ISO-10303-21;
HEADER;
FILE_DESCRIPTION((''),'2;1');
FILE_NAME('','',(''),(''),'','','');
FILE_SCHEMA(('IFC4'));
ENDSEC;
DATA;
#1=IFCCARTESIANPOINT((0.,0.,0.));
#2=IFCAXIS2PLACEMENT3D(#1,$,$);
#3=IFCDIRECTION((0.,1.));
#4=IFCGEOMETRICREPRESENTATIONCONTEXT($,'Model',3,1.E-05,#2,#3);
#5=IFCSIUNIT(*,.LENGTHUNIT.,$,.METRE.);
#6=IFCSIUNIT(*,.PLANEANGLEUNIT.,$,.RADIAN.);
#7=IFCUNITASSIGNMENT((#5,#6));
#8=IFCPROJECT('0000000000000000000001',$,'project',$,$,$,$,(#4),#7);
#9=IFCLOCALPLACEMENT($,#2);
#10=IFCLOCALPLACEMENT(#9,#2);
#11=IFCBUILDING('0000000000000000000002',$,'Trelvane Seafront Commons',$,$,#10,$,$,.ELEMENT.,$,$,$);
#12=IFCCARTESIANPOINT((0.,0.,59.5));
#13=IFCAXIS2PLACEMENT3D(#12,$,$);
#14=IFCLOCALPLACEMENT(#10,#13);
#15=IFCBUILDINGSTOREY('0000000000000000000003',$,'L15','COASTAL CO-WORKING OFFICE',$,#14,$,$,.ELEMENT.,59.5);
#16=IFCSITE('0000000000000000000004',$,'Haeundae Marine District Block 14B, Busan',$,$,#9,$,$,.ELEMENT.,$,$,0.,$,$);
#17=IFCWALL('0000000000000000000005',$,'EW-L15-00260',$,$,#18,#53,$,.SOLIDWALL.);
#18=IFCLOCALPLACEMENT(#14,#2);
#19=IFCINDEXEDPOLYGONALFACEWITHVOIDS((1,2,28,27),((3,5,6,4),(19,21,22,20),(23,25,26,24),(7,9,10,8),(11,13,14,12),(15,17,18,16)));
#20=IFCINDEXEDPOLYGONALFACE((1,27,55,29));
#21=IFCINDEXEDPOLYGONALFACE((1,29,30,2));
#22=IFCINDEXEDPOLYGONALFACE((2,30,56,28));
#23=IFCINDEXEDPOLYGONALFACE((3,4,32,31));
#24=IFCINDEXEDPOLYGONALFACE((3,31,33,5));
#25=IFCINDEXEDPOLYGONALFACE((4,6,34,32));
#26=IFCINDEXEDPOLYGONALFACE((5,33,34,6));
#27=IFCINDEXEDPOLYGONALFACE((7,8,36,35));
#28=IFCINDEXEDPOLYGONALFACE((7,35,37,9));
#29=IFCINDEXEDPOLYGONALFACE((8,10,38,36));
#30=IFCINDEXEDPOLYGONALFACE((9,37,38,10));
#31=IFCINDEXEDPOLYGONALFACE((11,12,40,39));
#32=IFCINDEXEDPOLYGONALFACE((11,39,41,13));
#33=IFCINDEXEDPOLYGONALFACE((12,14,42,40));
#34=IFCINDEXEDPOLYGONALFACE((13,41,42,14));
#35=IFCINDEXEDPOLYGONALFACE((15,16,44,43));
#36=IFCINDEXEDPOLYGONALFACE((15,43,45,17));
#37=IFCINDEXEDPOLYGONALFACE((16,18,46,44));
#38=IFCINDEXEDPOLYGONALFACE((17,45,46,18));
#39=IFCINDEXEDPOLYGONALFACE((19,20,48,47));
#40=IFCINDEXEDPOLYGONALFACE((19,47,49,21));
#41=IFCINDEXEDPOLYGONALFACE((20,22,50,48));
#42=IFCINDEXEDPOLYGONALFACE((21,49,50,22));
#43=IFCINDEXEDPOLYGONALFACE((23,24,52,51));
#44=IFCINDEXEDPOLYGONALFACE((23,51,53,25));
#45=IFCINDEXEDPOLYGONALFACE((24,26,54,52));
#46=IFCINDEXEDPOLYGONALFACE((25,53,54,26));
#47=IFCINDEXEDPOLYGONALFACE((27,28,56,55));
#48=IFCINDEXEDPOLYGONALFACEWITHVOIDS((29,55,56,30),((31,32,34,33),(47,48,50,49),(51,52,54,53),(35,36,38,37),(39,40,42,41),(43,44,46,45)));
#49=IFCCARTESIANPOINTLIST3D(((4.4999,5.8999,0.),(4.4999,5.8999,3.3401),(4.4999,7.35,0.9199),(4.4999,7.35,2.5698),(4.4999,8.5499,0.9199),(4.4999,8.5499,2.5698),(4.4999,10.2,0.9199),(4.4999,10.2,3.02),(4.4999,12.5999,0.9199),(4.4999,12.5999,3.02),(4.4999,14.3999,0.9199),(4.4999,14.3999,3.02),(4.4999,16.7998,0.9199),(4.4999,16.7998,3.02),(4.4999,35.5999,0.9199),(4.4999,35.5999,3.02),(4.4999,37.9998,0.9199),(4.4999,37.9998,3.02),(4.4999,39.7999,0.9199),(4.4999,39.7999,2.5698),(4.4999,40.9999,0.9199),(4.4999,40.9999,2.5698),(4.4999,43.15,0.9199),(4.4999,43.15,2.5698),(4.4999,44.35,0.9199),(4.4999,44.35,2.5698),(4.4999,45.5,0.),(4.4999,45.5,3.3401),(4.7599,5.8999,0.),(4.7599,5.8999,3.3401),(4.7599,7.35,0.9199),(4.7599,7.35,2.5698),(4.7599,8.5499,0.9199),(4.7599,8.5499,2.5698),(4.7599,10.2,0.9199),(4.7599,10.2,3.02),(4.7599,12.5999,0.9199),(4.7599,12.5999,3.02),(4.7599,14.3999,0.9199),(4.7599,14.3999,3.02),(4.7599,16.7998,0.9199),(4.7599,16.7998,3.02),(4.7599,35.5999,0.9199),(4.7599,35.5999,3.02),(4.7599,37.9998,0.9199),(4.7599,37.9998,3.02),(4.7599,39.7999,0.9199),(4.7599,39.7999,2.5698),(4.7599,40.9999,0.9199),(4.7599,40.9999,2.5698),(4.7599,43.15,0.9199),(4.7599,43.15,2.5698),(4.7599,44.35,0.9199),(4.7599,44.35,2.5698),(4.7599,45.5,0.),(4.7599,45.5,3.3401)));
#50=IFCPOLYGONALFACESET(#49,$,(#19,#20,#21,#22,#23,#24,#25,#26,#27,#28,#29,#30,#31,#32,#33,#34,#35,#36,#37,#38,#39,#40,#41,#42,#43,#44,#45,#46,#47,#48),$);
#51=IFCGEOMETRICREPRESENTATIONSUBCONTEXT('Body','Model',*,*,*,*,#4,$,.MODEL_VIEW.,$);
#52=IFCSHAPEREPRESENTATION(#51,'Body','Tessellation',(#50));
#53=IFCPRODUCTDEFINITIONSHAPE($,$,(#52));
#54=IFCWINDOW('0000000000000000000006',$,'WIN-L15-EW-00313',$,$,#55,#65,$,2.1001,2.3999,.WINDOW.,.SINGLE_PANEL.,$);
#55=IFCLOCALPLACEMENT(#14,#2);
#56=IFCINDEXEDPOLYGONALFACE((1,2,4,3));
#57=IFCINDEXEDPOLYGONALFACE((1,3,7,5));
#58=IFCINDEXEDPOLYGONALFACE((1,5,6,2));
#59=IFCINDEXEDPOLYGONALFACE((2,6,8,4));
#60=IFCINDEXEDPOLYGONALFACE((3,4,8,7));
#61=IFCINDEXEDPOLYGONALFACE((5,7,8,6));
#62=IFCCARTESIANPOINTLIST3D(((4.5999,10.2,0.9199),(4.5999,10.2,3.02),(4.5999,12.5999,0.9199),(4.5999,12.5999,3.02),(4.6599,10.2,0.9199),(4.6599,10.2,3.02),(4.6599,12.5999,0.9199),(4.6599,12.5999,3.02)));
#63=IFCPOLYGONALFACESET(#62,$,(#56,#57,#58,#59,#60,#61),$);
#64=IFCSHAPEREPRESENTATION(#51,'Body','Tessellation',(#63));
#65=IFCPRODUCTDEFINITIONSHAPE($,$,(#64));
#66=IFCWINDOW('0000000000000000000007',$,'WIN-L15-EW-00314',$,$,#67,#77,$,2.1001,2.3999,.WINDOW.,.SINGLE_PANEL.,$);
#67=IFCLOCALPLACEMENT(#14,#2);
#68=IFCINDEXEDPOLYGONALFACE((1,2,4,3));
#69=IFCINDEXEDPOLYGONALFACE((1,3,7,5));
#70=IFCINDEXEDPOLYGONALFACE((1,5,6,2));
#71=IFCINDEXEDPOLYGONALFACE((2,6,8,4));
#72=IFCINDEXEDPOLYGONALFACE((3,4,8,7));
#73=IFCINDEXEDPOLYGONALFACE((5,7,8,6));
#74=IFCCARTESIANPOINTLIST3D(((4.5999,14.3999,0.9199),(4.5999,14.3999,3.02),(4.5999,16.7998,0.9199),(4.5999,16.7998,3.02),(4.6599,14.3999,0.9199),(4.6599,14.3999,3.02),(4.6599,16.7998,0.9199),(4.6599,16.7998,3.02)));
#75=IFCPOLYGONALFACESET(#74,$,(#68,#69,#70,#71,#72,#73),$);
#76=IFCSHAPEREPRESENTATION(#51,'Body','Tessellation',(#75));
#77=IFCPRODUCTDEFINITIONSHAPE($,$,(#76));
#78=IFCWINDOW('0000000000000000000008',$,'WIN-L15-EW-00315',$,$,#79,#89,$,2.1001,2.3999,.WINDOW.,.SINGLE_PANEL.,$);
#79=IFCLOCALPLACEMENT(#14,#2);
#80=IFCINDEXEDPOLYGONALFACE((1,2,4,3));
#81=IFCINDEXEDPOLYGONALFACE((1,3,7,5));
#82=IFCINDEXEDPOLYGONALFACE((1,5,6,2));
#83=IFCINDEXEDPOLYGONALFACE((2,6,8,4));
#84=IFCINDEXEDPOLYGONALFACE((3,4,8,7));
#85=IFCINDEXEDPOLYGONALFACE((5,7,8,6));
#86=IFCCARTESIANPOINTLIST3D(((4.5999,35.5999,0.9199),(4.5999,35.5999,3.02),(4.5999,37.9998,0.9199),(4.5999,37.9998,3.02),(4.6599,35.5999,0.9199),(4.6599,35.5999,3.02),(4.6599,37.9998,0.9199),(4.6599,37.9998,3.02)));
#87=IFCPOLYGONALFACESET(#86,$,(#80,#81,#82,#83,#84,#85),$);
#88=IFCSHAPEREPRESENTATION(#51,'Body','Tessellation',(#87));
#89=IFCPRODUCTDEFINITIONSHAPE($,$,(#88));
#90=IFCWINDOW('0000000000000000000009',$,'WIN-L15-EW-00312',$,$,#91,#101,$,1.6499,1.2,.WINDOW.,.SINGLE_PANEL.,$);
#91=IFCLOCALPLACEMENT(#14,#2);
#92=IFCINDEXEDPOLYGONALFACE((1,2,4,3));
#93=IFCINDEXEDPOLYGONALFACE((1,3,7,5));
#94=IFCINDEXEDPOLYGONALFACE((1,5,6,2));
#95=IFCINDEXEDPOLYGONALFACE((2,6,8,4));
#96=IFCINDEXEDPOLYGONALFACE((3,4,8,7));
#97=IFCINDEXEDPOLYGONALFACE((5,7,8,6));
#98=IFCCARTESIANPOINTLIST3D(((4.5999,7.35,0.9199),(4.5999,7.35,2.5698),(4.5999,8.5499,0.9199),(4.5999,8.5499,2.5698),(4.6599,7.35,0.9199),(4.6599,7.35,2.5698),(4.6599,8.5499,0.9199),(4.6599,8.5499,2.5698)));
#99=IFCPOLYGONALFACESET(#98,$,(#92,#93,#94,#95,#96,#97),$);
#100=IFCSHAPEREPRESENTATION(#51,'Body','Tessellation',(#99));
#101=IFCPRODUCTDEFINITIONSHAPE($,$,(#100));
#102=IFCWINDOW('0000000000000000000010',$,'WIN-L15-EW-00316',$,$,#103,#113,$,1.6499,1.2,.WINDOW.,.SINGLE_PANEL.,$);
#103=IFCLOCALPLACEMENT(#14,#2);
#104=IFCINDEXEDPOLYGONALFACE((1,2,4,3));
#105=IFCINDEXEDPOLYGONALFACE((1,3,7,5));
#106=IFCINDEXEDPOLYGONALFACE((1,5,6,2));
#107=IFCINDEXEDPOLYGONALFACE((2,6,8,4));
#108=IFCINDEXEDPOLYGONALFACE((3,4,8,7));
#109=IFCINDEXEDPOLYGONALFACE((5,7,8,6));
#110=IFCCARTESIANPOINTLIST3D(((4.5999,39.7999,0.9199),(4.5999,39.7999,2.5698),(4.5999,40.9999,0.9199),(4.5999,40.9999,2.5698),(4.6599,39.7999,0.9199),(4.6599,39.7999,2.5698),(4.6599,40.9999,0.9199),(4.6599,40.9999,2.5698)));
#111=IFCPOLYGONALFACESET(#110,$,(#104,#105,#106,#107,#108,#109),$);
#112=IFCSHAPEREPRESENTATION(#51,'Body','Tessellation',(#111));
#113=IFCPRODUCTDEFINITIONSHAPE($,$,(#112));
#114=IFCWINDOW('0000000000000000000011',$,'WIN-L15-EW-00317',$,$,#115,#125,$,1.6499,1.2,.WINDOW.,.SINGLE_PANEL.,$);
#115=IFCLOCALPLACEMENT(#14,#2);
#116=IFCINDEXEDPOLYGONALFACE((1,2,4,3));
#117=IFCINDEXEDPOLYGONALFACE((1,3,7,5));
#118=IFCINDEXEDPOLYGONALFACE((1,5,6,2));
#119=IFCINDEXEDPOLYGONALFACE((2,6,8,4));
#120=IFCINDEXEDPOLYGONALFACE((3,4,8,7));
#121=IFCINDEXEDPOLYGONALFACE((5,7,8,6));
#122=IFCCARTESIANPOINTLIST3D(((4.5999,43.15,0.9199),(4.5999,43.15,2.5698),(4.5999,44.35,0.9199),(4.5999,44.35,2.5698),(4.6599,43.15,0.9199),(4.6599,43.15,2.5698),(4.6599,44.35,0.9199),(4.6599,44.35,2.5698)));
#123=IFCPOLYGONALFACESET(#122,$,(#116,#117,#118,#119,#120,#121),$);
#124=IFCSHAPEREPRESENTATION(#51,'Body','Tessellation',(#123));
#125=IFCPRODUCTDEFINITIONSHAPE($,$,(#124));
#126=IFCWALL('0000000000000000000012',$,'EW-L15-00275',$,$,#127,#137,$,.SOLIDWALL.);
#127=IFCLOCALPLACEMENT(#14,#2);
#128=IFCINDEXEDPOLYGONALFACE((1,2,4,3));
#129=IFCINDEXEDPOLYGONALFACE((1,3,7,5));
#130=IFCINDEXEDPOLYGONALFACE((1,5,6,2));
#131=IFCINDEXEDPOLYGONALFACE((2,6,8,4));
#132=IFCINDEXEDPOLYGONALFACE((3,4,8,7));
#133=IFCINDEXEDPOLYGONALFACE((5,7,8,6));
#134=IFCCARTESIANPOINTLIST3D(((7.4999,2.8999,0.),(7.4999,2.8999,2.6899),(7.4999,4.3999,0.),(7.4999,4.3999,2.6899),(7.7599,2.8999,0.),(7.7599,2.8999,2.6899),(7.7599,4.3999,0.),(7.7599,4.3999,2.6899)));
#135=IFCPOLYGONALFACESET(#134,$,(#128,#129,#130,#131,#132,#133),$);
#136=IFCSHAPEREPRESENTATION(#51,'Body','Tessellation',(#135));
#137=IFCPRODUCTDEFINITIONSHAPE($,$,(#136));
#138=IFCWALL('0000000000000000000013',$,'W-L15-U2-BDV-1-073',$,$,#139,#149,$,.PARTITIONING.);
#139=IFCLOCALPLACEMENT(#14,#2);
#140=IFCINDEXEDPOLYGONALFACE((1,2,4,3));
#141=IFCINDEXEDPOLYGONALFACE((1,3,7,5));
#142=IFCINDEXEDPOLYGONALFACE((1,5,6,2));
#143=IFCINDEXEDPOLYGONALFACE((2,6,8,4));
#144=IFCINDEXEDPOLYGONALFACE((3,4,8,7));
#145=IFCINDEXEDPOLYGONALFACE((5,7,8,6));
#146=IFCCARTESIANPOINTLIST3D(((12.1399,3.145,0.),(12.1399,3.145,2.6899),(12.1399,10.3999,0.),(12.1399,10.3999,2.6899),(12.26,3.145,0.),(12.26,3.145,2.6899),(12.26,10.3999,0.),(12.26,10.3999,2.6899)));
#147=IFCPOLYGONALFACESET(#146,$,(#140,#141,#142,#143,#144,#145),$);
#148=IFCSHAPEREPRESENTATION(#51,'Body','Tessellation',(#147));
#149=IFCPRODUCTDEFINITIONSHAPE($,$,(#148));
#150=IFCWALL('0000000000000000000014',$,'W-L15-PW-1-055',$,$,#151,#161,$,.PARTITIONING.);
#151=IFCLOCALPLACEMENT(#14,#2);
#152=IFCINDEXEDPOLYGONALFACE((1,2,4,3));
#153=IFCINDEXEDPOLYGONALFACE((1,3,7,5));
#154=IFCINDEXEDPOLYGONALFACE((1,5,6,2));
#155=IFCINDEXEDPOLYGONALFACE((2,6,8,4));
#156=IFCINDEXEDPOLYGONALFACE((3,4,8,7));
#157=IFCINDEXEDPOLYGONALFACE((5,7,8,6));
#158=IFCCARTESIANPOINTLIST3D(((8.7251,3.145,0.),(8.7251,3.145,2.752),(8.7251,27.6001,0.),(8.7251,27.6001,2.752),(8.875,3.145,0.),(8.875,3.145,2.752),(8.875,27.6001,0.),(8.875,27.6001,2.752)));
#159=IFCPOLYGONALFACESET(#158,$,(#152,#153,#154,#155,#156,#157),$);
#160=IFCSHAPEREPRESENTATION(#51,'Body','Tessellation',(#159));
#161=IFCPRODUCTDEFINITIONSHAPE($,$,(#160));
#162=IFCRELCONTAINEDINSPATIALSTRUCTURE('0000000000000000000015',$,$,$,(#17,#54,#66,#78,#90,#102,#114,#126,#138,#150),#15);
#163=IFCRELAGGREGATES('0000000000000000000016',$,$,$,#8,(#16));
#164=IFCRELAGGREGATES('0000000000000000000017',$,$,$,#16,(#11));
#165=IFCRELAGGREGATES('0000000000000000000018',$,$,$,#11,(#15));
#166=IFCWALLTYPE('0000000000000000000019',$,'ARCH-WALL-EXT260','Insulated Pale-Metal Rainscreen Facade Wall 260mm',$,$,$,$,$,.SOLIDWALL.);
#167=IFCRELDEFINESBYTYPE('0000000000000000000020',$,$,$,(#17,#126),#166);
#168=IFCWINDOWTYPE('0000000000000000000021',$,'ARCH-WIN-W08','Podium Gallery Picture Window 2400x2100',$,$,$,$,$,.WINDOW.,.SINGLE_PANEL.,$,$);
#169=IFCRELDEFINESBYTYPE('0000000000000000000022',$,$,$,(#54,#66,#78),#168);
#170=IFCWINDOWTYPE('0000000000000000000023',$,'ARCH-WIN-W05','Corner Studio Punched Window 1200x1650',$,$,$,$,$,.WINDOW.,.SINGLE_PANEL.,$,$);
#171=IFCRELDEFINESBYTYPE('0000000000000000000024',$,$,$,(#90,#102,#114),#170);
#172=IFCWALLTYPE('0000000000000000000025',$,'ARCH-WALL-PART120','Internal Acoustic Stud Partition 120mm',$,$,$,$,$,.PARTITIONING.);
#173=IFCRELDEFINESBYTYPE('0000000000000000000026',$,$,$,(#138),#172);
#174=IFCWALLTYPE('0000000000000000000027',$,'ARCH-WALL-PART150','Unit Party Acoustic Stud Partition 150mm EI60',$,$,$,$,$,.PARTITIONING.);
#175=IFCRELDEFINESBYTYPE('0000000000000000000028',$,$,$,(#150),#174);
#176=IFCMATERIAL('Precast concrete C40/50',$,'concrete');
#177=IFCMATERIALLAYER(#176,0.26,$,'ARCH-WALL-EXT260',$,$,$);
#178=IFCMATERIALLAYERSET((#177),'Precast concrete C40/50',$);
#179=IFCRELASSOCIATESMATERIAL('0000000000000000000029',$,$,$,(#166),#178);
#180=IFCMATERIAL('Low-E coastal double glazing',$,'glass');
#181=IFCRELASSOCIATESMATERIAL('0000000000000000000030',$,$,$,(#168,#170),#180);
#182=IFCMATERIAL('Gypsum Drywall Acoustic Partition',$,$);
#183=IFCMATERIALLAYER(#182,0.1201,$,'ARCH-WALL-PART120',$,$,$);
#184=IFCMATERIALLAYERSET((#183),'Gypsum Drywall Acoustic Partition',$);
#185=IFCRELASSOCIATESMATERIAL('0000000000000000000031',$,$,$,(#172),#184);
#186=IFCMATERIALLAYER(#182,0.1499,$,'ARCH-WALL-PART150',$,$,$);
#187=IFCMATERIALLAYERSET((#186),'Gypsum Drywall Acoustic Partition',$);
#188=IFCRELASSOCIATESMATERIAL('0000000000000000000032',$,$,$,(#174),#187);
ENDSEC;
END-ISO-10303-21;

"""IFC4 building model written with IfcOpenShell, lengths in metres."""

from ifc_helpers import new_model, si_unit, direction, frame, frame_2d, origin, place, context, subcontext, project, spatial, rectangle, extrude, source, transform, mapped, material, layer, layer_set, type_object, element, fill, save


model = new_model("IFC4")

# Units and contexts
model_context = context("Model", 3, precision=1e-05, world=origin(), true_north=direction((0.0, 1.0)))
body_context = subcontext(model_context, "Body", "Model", "MODEL_VIEW")
ifc_project = project(units=[si_unit("LENGTHUNIT", "METRE"), si_unit("PLANEANGLEUNIT", "RADIAN")], contexts=[model_context])

# Site, building, storey
site_placement = place(None, origin())
site = spatial("IfcSite", under=ifc_project, at=site_placement, Name="Haeundae Marine District Block 14B, Busan", CompositionType="ELEMENT", RefElevation=0.0)
building_placement = place(site_placement, origin())
building = spatial("IfcBuilding", under=site, at=building_placement, Name="Trelvane Seafront Commons", CompositionType="ELEMENT")
storey_placement = place(building_placement, frame((0.0, 0.0, 59.5)))
storey = spatial("IfcBuildingStorey", under=building, at=storey_placement, Name="L15", Description="COASTAL CO-WORKING OFFICE", CompositionType="ELEMENT", Elevation=59.5)

# Shared definitions
ifc_material_1 = material(Name="Precast concrete C40/50", Category="concrete")
ifc_layer_1 = layer(ifc_material_1, 0.26, Name="ARCH-WALL-EXT260")
ifc_layer_set_1 = layer_set([ifc_layer_1], Name="Precast concrete C40/50")
wall_type_1 = type_object("IfcWallType", Name="ARCH-WALL-EXT260", Description="Insulated Pale-Metal Rainscreen Facade Wall 260mm", PredefinedType="SOLIDWALL", material=ifc_layer_set_1)

# Wall, openings, windows
wall_1_placement = place(storey_placement, frame((4.6299, 5.8999, 0.0), z_axis=(0.0, 0.0, 1.0), x_axis=(0.0, 1.0, 0.0)))
wall_1 = element("IfcWall", 1, at=wall_1_placement, inside=storey, type_object=wall_type_1, Name="EW-L15-00260", PredefinedType="SOLIDWALL", context=body_context, shape_type="SweptSolid", body=[
    extrude(rectangle(XDim=39.6001, YDim=0.26, at=frame_2d((19.8, 0.0))), origin(), (0.0, 0.0, 1.0), 3.3401),
])
opening_1_placement = place(wall_1_placement, frame((1.45, 0.0, 0.9199)))
opening_1 = element("IfcOpeningElement", 2, at=opening_1_placement, cuts=wall_1, PredefinedType="OPENING", context=body_context, shape_type="SweptSolid", body=[
    extrude(rectangle(XDim=1.2, YDim=1.6499, at=frame_2d((0.6001, 0.825))), frame((0.0, 0.1399, 0.0), z_axis=(0.0, -1.0, 0.0), x_axis=(1.0, 0.0, 0.0)), (0.0, 0.0, 1.0), 0.28),
])
opening_2_placement = place(wall_1_placement, frame((4.3, 0.0, 0.9199)))
opening_2 = element("IfcOpeningElement", 3, at=opening_2_placement, cuts=wall_1, PredefinedType="OPENING", context=body_context, shape_type="SweptSolid", body=[
    extrude(rectangle(XDim=2.3999, YDim=2.1001, at=frame_2d((1.2, 1.05))), frame((0.0, 0.1399, 0.0), z_axis=(0.0, -1.0, 0.0), x_axis=(1.0, 0.0, 0.0)), (0.0, 0.0, 1.0), 0.28),
])
opening_3_placement = place(wall_1_placement, frame((8.5, 0.0, 0.9199)))
opening_3 = element("IfcOpeningElement", 4, at=opening_3_placement, cuts=wall_1, PredefinedType="OPENING", context=body_context, shape_type="SweptSolid", body=[
    extrude(rectangle(XDim=2.3999, YDim=2.1001, at=frame_2d((1.2, 1.05))), frame((0.0, 0.1399, 0.0), z_axis=(0.0, -1.0, 0.0), x_axis=(1.0, 0.0, 0.0)), (0.0, 0.0, 1.0), 0.28),
])
opening_4_placement = place(wall_1_placement, frame((29.7, 0.0, 0.9199)))
opening_4 = element("IfcOpeningElement", 5, at=opening_4_placement, cuts=wall_1, PredefinedType="OPENING", context=body_context, shape_type="SweptSolid", body=[
    extrude(rectangle(XDim=2.3999, YDim=2.1001, at=frame_2d((1.2, 1.05))), frame((0.0, 0.1399, 0.0), z_axis=(0.0, -1.0, 0.0), x_axis=(1.0, 0.0, 0.0)), (0.0, 0.0, 1.0), 0.28),
])
opening_5_placement = place(wall_1_placement, frame((33.8999, 0.0, 0.9199)))
opening_5 = element("IfcOpeningElement", 6, at=opening_5_placement, cuts=wall_1, PredefinedType="OPENING", context=body_context, shape_type="SweptSolid", body=[
    extrude(rectangle(XDim=1.2, YDim=1.6499, at=frame_2d((0.6001, 0.825))), frame((0.0, 0.1399, 0.0), z_axis=(0.0, -1.0, 0.0), x_axis=(1.0, 0.0, 0.0)), (0.0, 0.0, 1.0), 0.28),
])
opening_6_placement = place(wall_1_placement, frame((37.25, 0.0, 0.9199)))
opening_6 = element("IfcOpeningElement", 7, at=opening_6_placement, cuts=wall_1, PredefinedType="OPENING", context=body_context, shape_type="SweptSolid", body=[
    extrude(rectangle(XDim=1.2, YDim=1.6499, at=frame_2d((0.6001, 0.825))), frame((0.0, 0.1399, 0.0), z_axis=(0.0, -1.0, 0.0), x_axis=(1.0, 0.0, 0.0)), (0.0, 0.0, 1.0), 0.28),
])
ifc_material_2 = material(Name="Low-E coastal double glazing", Category="glass")
window_type_1 = type_object("IfcWindowType", Name="ARCH-WIN-W08", Description="Podium Gallery Picture Window 2400x2100", PartitioningType="SINGLE_PANEL", PredefinedType="WINDOW", material=ifc_material_2)
shared_shape_1 = source(origin(), body_context, "Body", "SweptSolid", [
    extrude(rectangle(XDim=2.3999, YDim=2.1001, at=frame_2d((1.2, 1.05))), frame((0.0, 0.03, 0.0), z_axis=(0.0, -1.0, 0.0), x_axis=(1.0, 0.0, 0.0)), (0.0, 0.0, 1.0), 0.0601),
])
window_1_placement = place(opening_2_placement, origin())
window_1 = element("IfcWindow", 8, at=window_1_placement, inside=storey, type_object=window_type_1, Name="WIN-L15-EW-00313", OverallHeight=2.1001, OverallWidth=2.3999, PartitioningType="SINGLE_PANEL", PredefinedType="WINDOW", context=body_context, shape_type="MappedRepresentation", body=[
    mapped(shared_shape_1, transform((0.0, 0.0, 0.0), x_axis=(1.0, 0.0, 0.0), y_axis=(0.0, 1.0, 0.0), z_axis=(0.0, 0.0, 1.0), scale=1.0)),
])
fill(opening_2, window_1)
window_2_placement = place(opening_3_placement, origin())
window_2 = element("IfcWindow", 9, at=window_2_placement, inside=storey, type_object=window_type_1, Name="WIN-L15-EW-00314", OverallHeight=2.1001, OverallWidth=2.3999, PartitioningType="SINGLE_PANEL", PredefinedType="WINDOW", context=body_context, shape_type="MappedRepresentation", body=[
    mapped(shared_shape_1, transform((0.0, 0.0, 0.0), x_axis=(1.0, 0.0, 0.0), y_axis=(0.0, 1.0, 0.0), z_axis=(0.0, 0.0, 1.0), scale=1.0)),
])
fill(opening_3, window_2)
window_3_placement = place(opening_4_placement, origin())
window_3 = element("IfcWindow", 10, at=window_3_placement, inside=storey, type_object=window_type_1, Name="WIN-L15-EW-00315", OverallHeight=2.1001, OverallWidth=2.3999, PartitioningType="SINGLE_PANEL", PredefinedType="WINDOW", context=body_context, shape_type="MappedRepresentation", body=[
    mapped(shared_shape_1, transform((0.0, 0.0, 0.0), x_axis=(1.0, 0.0, 0.0), y_axis=(0.0, 1.0, 0.0), z_axis=(0.0, 0.0, 1.0), scale=1.0)),
])
fill(opening_4, window_3)
window_type_2 = type_object("IfcWindowType", Name="ARCH-WIN-W05", Description="Corner Studio Punched Window 1200x1650", PartitioningType="SINGLE_PANEL", PredefinedType="WINDOW", material=ifc_material_2)
shared_shape_2 = source(origin(), body_context, "Body", "SweptSolid", [
    extrude(rectangle(XDim=1.2, YDim=1.6499, at=frame_2d((0.6001, 0.825))), frame((0.0, 0.03, 0.0), z_axis=(0.0, -1.0, 0.0), x_axis=(1.0, 0.0, 0.0)), (0.0, 0.0, 1.0), 0.0601),
])
window_4_placement = place(opening_1_placement, origin())
window_4 = element("IfcWindow", 11, at=window_4_placement, inside=storey, type_object=window_type_2, Name="WIN-L15-EW-00312", OverallHeight=1.6499, OverallWidth=1.2, PartitioningType="SINGLE_PANEL", PredefinedType="WINDOW", context=body_context, shape_type="MappedRepresentation", body=[
    mapped(shared_shape_2, transform((0.0, 0.0, 0.0), x_axis=(1.0, 0.0, 0.0), y_axis=(0.0, 1.0, 0.0), z_axis=(0.0, 0.0, 1.0), scale=1.0)),
])
fill(opening_1, window_4)
window_5_placement = place(opening_5_placement, origin())
window_5 = element("IfcWindow", 12, at=window_5_placement, inside=storey, type_object=window_type_2, Name="WIN-L15-EW-00316", OverallHeight=1.6499, OverallWidth=1.2, PartitioningType="SINGLE_PANEL", PredefinedType="WINDOW", context=body_context, shape_type="MappedRepresentation", body=[
    mapped(shared_shape_2, transform((0.0, 0.0, 0.0), x_axis=(1.0, 0.0, 0.0), y_axis=(0.0, 1.0, 0.0), z_axis=(0.0, 0.0, 1.0), scale=1.0)),
])
fill(opening_5, window_5)
window_6_placement = place(opening_6_placement, origin())
window_6 = element("IfcWindow", 13, at=window_6_placement, inside=storey, type_object=window_type_2, Name="WIN-L15-EW-00317", OverallHeight=1.6499, OverallWidth=1.2, PartitioningType="SINGLE_PANEL", PredefinedType="WINDOW", context=body_context, shape_type="MappedRepresentation", body=[
    mapped(shared_shape_2, transform((0.0, 0.0, 0.0), x_axis=(1.0, 0.0, 0.0), y_axis=(0.0, 1.0, 0.0), z_axis=(0.0, 0.0, 1.0), scale=1.0)),
])
fill(opening_6, window_6)

# Walls
wall_2_placement = place(storey_placement, frame((7.6299, 2.8999, 0.0), z_axis=(0.0, 0.0, 1.0), x_axis=(0.0, 1.0, 0.0)))
element("IfcWall", 14, at=wall_2_placement, inside=storey, type_object=wall_type_1, Name="EW-L15-00275", PredefinedType="SOLIDWALL", context=body_context, shape_type="SweptSolid", body=[
    extrude(rectangle(XDim=1.5, YDim=0.26, at=frame_2d((0.75, 0.0))), origin(), (0.0, 0.0, 1.0), 2.6899),
])
ifc_material_3 = material(Name="Gypsum Drywall Acoustic Partition")
ifc_layer_2 = layer(ifc_material_3, 0.1201, Name="ARCH-WALL-PART120")
ifc_layer_set_2 = layer_set([ifc_layer_2], Name="Gypsum Drywall Acoustic Partition")
wall_type_2 = type_object("IfcWallType", Name="ARCH-WALL-PART120", Description="Internal Acoustic Stud Partition 120mm", PredefinedType="PARTITIONING", material=ifc_layer_set_2)
wall_3_placement = place(storey_placement, frame((12.2, 3.145, 0.0), z_axis=(0.0, 0.0, 1.0), x_axis=(0.0, 1.0, 0.0)))
element("IfcWall", 15, at=wall_3_placement, inside=storey, type_object=wall_type_2, Name="W-L15-U2-BDV-1-073", PredefinedType="PARTITIONING", context=body_context, shape_type="SweptSolid", body=[
    extrude(rectangle(XDim=7.2549, YDim=0.1201, at=frame_2d((3.6274, 0.0))), origin(), (0.0, 0.0, 1.0), 2.6899),
])
ifc_layer_3 = layer(ifc_material_3, 0.1499, Name="ARCH-WALL-PART150")
ifc_layer_set_3 = layer_set([ifc_layer_3], Name="Gypsum Drywall Acoustic Partition")
wall_type_3 = type_object("IfcWallType", Name="ARCH-WALL-PART150", Description="Unit Party Acoustic Stud Partition 150mm EI60", PredefinedType="PARTITIONING", material=ifc_layer_set_3)
wall_4_placement = place(storey_placement, frame((8.8, 3.145, 0.0), z_axis=(0.0, 0.0, 1.0), x_axis=(0.0, 1.0, 0.0)))
element("IfcWall", 16, at=wall_4_placement, inside=storey, type_object=wall_type_3, Name="W-L15-PW-1-055", PredefinedType="PARTITIONING", context=body_context, shape_type="SweptSolid", body=[
    extrude(rectangle(XDim=24.4551, YDim=0.1499, at=frame_2d((12.2275, 0.0))), origin(), (0.0, 0.0, 1.0), 2.752),
])

save(model, "model.ifc")
